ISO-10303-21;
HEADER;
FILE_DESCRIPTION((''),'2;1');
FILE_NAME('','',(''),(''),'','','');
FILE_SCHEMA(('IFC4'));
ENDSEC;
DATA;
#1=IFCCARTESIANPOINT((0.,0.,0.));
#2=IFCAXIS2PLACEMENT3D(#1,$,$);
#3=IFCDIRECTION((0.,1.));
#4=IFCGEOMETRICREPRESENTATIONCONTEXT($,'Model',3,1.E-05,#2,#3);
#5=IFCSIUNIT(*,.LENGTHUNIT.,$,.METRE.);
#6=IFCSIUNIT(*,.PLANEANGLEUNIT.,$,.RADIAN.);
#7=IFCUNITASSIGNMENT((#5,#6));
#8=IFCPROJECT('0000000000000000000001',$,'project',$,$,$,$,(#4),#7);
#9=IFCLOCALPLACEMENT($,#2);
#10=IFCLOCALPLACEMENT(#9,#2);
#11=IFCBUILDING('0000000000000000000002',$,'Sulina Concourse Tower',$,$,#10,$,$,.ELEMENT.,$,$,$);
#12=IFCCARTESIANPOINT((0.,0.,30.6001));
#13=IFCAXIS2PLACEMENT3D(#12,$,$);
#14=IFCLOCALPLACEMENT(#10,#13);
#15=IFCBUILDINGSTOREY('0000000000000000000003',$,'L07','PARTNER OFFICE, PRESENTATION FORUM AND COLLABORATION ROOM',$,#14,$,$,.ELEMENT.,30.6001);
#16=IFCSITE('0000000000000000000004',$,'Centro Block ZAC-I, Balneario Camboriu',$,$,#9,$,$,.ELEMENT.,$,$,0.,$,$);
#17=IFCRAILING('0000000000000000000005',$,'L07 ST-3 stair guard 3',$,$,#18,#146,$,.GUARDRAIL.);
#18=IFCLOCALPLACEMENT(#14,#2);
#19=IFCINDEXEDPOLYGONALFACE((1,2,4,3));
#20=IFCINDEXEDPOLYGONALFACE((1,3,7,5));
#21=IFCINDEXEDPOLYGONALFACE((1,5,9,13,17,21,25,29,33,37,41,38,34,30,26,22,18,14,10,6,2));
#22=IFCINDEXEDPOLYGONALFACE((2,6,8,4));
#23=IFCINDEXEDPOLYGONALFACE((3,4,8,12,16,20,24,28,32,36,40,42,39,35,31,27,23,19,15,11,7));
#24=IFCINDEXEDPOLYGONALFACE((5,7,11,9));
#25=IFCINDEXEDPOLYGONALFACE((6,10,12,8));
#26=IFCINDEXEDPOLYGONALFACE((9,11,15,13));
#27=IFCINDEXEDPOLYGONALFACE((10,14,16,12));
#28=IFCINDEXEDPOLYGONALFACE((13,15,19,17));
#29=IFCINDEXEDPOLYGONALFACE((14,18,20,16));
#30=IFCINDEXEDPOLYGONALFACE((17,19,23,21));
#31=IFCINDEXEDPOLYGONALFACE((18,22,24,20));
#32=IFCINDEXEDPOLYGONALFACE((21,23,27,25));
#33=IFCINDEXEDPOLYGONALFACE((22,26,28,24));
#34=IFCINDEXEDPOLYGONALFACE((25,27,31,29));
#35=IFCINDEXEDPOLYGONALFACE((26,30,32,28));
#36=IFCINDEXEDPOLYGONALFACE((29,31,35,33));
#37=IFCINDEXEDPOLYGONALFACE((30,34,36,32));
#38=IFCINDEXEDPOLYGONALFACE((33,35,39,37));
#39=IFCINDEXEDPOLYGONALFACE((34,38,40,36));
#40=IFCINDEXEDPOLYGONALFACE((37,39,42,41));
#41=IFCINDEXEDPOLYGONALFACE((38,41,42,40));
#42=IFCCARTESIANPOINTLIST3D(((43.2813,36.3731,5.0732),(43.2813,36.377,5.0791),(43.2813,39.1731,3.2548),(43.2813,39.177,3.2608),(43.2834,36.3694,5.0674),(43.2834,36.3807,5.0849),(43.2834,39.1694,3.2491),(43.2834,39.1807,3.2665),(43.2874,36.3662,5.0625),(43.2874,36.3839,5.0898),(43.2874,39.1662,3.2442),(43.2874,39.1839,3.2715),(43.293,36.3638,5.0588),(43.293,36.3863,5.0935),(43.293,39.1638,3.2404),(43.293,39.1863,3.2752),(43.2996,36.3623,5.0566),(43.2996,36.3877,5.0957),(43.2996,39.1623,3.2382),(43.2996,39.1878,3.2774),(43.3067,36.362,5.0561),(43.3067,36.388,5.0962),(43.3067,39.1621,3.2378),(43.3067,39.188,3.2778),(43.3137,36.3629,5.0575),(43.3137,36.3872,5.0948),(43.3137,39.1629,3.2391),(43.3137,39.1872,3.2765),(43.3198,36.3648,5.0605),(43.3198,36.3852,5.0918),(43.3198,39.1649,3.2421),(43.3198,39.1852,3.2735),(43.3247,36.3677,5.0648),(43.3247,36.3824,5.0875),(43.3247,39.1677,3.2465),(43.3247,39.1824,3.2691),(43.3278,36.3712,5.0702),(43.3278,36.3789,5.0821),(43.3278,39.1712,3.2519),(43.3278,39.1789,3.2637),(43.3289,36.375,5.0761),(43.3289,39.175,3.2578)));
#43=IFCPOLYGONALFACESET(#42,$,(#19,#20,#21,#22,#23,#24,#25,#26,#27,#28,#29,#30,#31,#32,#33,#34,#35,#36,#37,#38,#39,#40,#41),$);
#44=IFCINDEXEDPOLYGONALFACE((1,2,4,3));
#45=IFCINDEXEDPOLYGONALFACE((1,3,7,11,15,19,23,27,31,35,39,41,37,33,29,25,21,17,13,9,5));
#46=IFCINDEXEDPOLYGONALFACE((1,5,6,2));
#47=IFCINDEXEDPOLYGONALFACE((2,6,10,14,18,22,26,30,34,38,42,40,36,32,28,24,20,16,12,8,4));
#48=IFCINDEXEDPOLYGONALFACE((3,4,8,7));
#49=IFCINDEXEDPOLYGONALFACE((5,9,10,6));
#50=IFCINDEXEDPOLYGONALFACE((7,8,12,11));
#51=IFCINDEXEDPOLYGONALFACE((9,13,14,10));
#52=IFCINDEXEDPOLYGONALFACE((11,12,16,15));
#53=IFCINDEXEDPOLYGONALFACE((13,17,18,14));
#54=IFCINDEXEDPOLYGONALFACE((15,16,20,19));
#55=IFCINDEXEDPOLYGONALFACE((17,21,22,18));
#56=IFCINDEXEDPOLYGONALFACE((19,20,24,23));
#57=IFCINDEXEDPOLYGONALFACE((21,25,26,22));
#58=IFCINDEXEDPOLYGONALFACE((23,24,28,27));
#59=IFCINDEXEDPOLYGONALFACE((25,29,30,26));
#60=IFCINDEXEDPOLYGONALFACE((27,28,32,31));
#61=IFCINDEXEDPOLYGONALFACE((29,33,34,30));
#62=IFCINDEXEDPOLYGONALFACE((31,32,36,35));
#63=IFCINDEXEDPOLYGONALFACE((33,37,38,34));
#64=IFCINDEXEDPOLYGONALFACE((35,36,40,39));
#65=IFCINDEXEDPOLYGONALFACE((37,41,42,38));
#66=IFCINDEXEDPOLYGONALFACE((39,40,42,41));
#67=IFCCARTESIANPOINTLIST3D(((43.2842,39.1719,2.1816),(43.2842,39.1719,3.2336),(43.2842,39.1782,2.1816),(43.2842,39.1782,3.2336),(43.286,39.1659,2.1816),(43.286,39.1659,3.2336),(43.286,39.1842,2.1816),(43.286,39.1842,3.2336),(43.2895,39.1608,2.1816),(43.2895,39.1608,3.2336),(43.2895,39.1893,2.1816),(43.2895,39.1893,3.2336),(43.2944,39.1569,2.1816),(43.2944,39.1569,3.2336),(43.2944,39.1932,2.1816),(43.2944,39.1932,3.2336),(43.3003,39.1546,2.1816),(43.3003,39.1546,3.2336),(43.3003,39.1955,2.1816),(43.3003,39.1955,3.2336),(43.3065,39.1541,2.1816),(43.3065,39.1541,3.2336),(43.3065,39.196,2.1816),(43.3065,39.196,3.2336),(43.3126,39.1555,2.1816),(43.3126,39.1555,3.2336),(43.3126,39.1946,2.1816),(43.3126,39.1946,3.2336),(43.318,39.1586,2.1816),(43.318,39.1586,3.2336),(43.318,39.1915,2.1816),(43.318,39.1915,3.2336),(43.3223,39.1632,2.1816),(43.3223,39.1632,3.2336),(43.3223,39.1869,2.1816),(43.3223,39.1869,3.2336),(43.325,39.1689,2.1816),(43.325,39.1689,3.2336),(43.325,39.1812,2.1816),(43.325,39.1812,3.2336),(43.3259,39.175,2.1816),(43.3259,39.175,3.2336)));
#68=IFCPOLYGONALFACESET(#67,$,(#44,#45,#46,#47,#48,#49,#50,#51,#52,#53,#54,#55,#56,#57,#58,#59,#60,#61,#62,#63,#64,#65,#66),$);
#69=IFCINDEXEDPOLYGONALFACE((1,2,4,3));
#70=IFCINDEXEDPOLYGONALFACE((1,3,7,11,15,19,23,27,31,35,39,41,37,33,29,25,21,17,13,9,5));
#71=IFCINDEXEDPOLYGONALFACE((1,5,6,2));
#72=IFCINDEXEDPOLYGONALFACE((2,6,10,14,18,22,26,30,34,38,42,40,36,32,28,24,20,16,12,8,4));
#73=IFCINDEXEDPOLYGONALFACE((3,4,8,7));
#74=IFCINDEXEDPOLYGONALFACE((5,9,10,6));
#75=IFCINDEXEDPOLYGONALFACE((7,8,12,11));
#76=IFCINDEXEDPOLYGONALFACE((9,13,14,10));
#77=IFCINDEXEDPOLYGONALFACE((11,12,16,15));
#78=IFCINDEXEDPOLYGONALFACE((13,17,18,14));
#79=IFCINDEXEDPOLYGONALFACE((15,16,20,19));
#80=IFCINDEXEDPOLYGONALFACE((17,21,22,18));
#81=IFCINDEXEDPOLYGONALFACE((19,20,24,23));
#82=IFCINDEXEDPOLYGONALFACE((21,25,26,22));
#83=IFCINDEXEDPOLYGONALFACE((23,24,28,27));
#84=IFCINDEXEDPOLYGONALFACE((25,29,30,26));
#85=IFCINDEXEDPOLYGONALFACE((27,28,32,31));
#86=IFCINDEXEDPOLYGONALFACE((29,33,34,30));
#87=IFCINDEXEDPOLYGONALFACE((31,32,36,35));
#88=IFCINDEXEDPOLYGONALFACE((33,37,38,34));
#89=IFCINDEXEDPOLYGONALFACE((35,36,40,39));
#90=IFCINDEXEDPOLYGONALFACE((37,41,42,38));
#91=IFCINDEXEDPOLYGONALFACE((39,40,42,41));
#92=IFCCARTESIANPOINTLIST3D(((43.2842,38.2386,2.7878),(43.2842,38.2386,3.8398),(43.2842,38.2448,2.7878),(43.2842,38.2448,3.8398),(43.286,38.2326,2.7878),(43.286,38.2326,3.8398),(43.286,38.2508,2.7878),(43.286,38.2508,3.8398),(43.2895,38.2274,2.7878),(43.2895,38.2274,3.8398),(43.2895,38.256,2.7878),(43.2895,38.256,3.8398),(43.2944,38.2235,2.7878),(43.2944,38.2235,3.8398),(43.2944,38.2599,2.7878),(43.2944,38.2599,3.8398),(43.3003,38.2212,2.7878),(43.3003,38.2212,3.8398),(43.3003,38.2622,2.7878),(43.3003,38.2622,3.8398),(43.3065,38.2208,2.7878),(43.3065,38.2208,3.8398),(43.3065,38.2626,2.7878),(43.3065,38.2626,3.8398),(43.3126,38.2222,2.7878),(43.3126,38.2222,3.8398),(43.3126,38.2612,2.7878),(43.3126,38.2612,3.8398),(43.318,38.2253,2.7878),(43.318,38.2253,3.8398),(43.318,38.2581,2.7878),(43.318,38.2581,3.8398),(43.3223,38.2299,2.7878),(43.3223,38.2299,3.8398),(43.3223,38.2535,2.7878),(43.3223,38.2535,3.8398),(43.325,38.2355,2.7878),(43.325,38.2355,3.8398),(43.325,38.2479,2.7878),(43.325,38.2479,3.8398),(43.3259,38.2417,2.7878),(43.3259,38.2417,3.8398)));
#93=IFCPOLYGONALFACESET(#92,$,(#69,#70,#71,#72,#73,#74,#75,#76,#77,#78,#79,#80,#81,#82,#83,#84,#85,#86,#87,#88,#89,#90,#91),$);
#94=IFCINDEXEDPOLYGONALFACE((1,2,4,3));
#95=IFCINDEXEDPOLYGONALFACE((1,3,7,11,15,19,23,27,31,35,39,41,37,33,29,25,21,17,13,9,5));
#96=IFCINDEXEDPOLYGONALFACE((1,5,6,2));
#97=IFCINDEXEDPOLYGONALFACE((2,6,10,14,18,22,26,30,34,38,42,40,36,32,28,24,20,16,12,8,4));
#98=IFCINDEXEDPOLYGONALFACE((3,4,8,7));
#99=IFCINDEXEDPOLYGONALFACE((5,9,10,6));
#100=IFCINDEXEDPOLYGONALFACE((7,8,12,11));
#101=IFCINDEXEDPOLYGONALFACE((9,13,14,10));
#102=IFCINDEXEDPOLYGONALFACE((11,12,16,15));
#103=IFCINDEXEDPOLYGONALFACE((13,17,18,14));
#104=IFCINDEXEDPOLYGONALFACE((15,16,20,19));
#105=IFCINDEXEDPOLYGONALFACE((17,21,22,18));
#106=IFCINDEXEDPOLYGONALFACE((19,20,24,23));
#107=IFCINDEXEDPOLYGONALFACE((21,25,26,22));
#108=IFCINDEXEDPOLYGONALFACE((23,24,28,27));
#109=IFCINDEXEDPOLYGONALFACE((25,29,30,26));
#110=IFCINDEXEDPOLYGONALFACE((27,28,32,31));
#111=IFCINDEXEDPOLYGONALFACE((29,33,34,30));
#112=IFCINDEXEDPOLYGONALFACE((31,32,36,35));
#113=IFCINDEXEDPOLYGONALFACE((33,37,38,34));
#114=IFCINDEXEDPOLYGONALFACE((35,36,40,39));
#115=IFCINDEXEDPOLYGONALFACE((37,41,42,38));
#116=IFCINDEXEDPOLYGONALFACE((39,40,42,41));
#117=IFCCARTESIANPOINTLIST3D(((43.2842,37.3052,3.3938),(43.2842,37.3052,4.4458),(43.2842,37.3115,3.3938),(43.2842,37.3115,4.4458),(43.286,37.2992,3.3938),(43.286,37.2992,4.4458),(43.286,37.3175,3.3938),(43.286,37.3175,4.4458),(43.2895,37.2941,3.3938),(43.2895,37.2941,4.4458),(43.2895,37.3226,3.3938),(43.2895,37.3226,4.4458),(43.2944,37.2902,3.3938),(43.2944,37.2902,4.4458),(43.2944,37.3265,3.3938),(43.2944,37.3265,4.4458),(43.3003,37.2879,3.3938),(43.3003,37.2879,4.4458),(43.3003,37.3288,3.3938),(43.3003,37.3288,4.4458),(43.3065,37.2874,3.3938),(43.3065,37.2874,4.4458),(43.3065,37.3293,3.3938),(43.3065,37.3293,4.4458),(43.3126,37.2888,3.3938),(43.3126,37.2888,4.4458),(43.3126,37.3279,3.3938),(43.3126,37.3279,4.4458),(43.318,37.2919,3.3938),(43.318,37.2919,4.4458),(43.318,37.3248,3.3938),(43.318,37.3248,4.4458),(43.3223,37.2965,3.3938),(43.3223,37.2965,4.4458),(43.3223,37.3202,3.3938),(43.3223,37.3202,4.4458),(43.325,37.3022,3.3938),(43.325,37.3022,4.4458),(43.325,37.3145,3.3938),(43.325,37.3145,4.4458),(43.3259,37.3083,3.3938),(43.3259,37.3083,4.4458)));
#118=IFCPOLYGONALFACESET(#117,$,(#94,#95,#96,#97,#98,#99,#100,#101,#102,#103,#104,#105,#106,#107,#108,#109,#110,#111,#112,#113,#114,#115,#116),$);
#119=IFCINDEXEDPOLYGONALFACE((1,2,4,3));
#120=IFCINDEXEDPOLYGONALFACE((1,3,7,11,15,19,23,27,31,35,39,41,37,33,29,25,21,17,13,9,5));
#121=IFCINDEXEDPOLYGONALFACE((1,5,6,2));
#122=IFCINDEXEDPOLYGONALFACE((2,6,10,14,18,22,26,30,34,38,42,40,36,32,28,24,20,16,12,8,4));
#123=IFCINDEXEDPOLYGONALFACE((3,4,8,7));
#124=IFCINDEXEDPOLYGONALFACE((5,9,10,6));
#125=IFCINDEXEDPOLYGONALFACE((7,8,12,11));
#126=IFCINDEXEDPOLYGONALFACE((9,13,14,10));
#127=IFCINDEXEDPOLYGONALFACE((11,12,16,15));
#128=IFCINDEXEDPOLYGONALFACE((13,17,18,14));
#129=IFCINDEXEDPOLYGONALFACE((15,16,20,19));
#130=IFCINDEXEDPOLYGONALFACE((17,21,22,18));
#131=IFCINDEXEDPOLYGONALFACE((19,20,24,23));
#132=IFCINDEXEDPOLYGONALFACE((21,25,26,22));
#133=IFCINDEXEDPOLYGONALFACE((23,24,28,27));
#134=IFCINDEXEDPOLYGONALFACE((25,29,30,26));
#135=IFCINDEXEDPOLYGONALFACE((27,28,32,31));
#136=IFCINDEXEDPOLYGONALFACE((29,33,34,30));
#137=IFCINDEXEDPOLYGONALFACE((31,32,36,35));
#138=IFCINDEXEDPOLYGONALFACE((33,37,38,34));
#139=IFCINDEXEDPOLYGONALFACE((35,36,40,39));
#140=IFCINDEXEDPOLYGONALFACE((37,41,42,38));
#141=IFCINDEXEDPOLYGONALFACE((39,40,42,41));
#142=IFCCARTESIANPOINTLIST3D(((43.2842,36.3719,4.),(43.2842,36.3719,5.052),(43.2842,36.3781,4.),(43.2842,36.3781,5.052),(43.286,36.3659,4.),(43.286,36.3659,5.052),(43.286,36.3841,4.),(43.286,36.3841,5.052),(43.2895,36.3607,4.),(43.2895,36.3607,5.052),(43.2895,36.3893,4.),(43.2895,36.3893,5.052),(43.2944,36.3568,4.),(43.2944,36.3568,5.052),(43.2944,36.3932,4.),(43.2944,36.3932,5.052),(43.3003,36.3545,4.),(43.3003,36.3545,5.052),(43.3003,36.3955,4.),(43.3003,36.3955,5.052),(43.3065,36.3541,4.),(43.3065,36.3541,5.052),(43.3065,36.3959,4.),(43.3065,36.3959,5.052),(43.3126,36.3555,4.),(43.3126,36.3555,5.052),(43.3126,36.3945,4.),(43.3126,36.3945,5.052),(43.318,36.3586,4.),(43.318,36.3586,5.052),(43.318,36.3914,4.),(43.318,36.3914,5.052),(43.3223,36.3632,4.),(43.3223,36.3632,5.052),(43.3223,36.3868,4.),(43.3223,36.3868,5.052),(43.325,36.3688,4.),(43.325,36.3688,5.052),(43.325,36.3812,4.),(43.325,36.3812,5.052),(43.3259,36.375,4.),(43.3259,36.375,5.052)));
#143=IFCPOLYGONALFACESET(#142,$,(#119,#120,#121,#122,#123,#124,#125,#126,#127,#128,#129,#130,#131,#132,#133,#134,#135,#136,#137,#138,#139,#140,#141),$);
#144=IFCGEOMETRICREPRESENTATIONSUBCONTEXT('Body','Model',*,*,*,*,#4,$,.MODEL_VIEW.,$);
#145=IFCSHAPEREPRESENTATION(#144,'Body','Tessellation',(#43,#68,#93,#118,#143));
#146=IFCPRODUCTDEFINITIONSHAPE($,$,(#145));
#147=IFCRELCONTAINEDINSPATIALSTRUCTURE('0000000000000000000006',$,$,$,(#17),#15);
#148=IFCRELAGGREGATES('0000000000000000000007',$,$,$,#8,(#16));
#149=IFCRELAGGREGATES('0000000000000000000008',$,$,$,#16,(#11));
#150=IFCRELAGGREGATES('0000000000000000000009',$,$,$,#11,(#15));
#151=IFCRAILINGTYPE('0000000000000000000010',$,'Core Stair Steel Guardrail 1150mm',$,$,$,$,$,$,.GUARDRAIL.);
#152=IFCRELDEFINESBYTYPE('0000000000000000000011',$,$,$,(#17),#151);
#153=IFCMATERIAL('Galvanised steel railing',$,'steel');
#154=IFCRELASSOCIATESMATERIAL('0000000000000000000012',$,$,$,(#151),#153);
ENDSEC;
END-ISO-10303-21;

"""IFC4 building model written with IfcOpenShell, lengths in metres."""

from ifc_helpers import new_model, si_unit, direction, frame, origin, origin_2d, place, context, subcontext, project, spatial, circle, extrude, material, type_object, element, save


model = new_model("IFC4")

# Units and contexts
model_context = context("Model", 3, precision=1e-05, world=origin(), true_north=direction((0.0, 1.0)))
body_context = subcontext(model_context, "Body", "Model", "MODEL_VIEW")
ifc_project = project(units=[si_unit("LENGTHUNIT", "METRE"), si_unit("PLANEANGLEUNIT", "RADIAN")], contexts=[model_context])

# Site, building, storey
site_placement = place(None, origin())
site = spatial("IfcSite", under=ifc_project, at=site_placement, Name="Centro Block ZAC-I, Balneario Camboriu", CompositionType="ELEMENT", RefElevation=0.0)
building_placement = place(site_placement, origin())
building = spatial("IfcBuilding", under=site, at=building_placement, Name="Sulina Concourse Tower", CompositionType="ELEMENT")
storey_placement = place(building_placement, frame((0.0, 0.0, 30.6001)))
storey = spatial("IfcBuildingStorey", under=building, at=storey_placement, Name="L07", Description="PARTNER OFFICE, PRESENTATION FORUM AND COLLABORATION ROOM", CompositionType="ELEMENT", Elevation=30.6001)

# Railing
ifc_material_1 = material(Name="Galvanised steel railing", Category="steel")
railing_type_1 = type_object("IfcRailingType", Name="Core Stair Steel Guardrail 1150mm", PredefinedType="GUARDRAIL", material=ifc_material_1)
railing_1_placement = place(storey_placement, frame((43.3049, 39.175, 2.1816)))
element("IfcRailing", 1, at=railing_1_placement, inside=storey, type_object=railing_type_1, Name="L07 ST-3 stair guard 3", PredefinedType="GUARDRAIL", context=body_context, shape_type="SweptSolid", body=[
    extrude(circle(Radius=0.0239, at=origin_2d()), frame((0.0, 0.0, 1.0762), z_axis=(0.0, -0.838672, 0.544636), x_axis=(1.0, 0.0, 0.0)), (0.0, 0.0, 1.0), 3.3386),
    extrude(circle(Radius=0.021, at=origin_2d()), origin(), (0.0, 0.0, 1.0), 1.052),
    extrude(circle(Radius=0.021, at=origin_2d()), frame((0.0, -0.9333, 0.6062)), (0.0, 0.0, 1.0), 1.052),
    extrude(circle(Radius=0.021, at=origin_2d()), frame((0.0, -1.8667, 1.2122)), (0.0, 0.0, 1.0), 1.052),
    extrude(circle(Radius=0.021, at=origin_2d()), frame((0.0, -2.8, 1.8184)), (0.0, 0.0, 1.0), 1.052),
])

save(model, "model.ifc")
